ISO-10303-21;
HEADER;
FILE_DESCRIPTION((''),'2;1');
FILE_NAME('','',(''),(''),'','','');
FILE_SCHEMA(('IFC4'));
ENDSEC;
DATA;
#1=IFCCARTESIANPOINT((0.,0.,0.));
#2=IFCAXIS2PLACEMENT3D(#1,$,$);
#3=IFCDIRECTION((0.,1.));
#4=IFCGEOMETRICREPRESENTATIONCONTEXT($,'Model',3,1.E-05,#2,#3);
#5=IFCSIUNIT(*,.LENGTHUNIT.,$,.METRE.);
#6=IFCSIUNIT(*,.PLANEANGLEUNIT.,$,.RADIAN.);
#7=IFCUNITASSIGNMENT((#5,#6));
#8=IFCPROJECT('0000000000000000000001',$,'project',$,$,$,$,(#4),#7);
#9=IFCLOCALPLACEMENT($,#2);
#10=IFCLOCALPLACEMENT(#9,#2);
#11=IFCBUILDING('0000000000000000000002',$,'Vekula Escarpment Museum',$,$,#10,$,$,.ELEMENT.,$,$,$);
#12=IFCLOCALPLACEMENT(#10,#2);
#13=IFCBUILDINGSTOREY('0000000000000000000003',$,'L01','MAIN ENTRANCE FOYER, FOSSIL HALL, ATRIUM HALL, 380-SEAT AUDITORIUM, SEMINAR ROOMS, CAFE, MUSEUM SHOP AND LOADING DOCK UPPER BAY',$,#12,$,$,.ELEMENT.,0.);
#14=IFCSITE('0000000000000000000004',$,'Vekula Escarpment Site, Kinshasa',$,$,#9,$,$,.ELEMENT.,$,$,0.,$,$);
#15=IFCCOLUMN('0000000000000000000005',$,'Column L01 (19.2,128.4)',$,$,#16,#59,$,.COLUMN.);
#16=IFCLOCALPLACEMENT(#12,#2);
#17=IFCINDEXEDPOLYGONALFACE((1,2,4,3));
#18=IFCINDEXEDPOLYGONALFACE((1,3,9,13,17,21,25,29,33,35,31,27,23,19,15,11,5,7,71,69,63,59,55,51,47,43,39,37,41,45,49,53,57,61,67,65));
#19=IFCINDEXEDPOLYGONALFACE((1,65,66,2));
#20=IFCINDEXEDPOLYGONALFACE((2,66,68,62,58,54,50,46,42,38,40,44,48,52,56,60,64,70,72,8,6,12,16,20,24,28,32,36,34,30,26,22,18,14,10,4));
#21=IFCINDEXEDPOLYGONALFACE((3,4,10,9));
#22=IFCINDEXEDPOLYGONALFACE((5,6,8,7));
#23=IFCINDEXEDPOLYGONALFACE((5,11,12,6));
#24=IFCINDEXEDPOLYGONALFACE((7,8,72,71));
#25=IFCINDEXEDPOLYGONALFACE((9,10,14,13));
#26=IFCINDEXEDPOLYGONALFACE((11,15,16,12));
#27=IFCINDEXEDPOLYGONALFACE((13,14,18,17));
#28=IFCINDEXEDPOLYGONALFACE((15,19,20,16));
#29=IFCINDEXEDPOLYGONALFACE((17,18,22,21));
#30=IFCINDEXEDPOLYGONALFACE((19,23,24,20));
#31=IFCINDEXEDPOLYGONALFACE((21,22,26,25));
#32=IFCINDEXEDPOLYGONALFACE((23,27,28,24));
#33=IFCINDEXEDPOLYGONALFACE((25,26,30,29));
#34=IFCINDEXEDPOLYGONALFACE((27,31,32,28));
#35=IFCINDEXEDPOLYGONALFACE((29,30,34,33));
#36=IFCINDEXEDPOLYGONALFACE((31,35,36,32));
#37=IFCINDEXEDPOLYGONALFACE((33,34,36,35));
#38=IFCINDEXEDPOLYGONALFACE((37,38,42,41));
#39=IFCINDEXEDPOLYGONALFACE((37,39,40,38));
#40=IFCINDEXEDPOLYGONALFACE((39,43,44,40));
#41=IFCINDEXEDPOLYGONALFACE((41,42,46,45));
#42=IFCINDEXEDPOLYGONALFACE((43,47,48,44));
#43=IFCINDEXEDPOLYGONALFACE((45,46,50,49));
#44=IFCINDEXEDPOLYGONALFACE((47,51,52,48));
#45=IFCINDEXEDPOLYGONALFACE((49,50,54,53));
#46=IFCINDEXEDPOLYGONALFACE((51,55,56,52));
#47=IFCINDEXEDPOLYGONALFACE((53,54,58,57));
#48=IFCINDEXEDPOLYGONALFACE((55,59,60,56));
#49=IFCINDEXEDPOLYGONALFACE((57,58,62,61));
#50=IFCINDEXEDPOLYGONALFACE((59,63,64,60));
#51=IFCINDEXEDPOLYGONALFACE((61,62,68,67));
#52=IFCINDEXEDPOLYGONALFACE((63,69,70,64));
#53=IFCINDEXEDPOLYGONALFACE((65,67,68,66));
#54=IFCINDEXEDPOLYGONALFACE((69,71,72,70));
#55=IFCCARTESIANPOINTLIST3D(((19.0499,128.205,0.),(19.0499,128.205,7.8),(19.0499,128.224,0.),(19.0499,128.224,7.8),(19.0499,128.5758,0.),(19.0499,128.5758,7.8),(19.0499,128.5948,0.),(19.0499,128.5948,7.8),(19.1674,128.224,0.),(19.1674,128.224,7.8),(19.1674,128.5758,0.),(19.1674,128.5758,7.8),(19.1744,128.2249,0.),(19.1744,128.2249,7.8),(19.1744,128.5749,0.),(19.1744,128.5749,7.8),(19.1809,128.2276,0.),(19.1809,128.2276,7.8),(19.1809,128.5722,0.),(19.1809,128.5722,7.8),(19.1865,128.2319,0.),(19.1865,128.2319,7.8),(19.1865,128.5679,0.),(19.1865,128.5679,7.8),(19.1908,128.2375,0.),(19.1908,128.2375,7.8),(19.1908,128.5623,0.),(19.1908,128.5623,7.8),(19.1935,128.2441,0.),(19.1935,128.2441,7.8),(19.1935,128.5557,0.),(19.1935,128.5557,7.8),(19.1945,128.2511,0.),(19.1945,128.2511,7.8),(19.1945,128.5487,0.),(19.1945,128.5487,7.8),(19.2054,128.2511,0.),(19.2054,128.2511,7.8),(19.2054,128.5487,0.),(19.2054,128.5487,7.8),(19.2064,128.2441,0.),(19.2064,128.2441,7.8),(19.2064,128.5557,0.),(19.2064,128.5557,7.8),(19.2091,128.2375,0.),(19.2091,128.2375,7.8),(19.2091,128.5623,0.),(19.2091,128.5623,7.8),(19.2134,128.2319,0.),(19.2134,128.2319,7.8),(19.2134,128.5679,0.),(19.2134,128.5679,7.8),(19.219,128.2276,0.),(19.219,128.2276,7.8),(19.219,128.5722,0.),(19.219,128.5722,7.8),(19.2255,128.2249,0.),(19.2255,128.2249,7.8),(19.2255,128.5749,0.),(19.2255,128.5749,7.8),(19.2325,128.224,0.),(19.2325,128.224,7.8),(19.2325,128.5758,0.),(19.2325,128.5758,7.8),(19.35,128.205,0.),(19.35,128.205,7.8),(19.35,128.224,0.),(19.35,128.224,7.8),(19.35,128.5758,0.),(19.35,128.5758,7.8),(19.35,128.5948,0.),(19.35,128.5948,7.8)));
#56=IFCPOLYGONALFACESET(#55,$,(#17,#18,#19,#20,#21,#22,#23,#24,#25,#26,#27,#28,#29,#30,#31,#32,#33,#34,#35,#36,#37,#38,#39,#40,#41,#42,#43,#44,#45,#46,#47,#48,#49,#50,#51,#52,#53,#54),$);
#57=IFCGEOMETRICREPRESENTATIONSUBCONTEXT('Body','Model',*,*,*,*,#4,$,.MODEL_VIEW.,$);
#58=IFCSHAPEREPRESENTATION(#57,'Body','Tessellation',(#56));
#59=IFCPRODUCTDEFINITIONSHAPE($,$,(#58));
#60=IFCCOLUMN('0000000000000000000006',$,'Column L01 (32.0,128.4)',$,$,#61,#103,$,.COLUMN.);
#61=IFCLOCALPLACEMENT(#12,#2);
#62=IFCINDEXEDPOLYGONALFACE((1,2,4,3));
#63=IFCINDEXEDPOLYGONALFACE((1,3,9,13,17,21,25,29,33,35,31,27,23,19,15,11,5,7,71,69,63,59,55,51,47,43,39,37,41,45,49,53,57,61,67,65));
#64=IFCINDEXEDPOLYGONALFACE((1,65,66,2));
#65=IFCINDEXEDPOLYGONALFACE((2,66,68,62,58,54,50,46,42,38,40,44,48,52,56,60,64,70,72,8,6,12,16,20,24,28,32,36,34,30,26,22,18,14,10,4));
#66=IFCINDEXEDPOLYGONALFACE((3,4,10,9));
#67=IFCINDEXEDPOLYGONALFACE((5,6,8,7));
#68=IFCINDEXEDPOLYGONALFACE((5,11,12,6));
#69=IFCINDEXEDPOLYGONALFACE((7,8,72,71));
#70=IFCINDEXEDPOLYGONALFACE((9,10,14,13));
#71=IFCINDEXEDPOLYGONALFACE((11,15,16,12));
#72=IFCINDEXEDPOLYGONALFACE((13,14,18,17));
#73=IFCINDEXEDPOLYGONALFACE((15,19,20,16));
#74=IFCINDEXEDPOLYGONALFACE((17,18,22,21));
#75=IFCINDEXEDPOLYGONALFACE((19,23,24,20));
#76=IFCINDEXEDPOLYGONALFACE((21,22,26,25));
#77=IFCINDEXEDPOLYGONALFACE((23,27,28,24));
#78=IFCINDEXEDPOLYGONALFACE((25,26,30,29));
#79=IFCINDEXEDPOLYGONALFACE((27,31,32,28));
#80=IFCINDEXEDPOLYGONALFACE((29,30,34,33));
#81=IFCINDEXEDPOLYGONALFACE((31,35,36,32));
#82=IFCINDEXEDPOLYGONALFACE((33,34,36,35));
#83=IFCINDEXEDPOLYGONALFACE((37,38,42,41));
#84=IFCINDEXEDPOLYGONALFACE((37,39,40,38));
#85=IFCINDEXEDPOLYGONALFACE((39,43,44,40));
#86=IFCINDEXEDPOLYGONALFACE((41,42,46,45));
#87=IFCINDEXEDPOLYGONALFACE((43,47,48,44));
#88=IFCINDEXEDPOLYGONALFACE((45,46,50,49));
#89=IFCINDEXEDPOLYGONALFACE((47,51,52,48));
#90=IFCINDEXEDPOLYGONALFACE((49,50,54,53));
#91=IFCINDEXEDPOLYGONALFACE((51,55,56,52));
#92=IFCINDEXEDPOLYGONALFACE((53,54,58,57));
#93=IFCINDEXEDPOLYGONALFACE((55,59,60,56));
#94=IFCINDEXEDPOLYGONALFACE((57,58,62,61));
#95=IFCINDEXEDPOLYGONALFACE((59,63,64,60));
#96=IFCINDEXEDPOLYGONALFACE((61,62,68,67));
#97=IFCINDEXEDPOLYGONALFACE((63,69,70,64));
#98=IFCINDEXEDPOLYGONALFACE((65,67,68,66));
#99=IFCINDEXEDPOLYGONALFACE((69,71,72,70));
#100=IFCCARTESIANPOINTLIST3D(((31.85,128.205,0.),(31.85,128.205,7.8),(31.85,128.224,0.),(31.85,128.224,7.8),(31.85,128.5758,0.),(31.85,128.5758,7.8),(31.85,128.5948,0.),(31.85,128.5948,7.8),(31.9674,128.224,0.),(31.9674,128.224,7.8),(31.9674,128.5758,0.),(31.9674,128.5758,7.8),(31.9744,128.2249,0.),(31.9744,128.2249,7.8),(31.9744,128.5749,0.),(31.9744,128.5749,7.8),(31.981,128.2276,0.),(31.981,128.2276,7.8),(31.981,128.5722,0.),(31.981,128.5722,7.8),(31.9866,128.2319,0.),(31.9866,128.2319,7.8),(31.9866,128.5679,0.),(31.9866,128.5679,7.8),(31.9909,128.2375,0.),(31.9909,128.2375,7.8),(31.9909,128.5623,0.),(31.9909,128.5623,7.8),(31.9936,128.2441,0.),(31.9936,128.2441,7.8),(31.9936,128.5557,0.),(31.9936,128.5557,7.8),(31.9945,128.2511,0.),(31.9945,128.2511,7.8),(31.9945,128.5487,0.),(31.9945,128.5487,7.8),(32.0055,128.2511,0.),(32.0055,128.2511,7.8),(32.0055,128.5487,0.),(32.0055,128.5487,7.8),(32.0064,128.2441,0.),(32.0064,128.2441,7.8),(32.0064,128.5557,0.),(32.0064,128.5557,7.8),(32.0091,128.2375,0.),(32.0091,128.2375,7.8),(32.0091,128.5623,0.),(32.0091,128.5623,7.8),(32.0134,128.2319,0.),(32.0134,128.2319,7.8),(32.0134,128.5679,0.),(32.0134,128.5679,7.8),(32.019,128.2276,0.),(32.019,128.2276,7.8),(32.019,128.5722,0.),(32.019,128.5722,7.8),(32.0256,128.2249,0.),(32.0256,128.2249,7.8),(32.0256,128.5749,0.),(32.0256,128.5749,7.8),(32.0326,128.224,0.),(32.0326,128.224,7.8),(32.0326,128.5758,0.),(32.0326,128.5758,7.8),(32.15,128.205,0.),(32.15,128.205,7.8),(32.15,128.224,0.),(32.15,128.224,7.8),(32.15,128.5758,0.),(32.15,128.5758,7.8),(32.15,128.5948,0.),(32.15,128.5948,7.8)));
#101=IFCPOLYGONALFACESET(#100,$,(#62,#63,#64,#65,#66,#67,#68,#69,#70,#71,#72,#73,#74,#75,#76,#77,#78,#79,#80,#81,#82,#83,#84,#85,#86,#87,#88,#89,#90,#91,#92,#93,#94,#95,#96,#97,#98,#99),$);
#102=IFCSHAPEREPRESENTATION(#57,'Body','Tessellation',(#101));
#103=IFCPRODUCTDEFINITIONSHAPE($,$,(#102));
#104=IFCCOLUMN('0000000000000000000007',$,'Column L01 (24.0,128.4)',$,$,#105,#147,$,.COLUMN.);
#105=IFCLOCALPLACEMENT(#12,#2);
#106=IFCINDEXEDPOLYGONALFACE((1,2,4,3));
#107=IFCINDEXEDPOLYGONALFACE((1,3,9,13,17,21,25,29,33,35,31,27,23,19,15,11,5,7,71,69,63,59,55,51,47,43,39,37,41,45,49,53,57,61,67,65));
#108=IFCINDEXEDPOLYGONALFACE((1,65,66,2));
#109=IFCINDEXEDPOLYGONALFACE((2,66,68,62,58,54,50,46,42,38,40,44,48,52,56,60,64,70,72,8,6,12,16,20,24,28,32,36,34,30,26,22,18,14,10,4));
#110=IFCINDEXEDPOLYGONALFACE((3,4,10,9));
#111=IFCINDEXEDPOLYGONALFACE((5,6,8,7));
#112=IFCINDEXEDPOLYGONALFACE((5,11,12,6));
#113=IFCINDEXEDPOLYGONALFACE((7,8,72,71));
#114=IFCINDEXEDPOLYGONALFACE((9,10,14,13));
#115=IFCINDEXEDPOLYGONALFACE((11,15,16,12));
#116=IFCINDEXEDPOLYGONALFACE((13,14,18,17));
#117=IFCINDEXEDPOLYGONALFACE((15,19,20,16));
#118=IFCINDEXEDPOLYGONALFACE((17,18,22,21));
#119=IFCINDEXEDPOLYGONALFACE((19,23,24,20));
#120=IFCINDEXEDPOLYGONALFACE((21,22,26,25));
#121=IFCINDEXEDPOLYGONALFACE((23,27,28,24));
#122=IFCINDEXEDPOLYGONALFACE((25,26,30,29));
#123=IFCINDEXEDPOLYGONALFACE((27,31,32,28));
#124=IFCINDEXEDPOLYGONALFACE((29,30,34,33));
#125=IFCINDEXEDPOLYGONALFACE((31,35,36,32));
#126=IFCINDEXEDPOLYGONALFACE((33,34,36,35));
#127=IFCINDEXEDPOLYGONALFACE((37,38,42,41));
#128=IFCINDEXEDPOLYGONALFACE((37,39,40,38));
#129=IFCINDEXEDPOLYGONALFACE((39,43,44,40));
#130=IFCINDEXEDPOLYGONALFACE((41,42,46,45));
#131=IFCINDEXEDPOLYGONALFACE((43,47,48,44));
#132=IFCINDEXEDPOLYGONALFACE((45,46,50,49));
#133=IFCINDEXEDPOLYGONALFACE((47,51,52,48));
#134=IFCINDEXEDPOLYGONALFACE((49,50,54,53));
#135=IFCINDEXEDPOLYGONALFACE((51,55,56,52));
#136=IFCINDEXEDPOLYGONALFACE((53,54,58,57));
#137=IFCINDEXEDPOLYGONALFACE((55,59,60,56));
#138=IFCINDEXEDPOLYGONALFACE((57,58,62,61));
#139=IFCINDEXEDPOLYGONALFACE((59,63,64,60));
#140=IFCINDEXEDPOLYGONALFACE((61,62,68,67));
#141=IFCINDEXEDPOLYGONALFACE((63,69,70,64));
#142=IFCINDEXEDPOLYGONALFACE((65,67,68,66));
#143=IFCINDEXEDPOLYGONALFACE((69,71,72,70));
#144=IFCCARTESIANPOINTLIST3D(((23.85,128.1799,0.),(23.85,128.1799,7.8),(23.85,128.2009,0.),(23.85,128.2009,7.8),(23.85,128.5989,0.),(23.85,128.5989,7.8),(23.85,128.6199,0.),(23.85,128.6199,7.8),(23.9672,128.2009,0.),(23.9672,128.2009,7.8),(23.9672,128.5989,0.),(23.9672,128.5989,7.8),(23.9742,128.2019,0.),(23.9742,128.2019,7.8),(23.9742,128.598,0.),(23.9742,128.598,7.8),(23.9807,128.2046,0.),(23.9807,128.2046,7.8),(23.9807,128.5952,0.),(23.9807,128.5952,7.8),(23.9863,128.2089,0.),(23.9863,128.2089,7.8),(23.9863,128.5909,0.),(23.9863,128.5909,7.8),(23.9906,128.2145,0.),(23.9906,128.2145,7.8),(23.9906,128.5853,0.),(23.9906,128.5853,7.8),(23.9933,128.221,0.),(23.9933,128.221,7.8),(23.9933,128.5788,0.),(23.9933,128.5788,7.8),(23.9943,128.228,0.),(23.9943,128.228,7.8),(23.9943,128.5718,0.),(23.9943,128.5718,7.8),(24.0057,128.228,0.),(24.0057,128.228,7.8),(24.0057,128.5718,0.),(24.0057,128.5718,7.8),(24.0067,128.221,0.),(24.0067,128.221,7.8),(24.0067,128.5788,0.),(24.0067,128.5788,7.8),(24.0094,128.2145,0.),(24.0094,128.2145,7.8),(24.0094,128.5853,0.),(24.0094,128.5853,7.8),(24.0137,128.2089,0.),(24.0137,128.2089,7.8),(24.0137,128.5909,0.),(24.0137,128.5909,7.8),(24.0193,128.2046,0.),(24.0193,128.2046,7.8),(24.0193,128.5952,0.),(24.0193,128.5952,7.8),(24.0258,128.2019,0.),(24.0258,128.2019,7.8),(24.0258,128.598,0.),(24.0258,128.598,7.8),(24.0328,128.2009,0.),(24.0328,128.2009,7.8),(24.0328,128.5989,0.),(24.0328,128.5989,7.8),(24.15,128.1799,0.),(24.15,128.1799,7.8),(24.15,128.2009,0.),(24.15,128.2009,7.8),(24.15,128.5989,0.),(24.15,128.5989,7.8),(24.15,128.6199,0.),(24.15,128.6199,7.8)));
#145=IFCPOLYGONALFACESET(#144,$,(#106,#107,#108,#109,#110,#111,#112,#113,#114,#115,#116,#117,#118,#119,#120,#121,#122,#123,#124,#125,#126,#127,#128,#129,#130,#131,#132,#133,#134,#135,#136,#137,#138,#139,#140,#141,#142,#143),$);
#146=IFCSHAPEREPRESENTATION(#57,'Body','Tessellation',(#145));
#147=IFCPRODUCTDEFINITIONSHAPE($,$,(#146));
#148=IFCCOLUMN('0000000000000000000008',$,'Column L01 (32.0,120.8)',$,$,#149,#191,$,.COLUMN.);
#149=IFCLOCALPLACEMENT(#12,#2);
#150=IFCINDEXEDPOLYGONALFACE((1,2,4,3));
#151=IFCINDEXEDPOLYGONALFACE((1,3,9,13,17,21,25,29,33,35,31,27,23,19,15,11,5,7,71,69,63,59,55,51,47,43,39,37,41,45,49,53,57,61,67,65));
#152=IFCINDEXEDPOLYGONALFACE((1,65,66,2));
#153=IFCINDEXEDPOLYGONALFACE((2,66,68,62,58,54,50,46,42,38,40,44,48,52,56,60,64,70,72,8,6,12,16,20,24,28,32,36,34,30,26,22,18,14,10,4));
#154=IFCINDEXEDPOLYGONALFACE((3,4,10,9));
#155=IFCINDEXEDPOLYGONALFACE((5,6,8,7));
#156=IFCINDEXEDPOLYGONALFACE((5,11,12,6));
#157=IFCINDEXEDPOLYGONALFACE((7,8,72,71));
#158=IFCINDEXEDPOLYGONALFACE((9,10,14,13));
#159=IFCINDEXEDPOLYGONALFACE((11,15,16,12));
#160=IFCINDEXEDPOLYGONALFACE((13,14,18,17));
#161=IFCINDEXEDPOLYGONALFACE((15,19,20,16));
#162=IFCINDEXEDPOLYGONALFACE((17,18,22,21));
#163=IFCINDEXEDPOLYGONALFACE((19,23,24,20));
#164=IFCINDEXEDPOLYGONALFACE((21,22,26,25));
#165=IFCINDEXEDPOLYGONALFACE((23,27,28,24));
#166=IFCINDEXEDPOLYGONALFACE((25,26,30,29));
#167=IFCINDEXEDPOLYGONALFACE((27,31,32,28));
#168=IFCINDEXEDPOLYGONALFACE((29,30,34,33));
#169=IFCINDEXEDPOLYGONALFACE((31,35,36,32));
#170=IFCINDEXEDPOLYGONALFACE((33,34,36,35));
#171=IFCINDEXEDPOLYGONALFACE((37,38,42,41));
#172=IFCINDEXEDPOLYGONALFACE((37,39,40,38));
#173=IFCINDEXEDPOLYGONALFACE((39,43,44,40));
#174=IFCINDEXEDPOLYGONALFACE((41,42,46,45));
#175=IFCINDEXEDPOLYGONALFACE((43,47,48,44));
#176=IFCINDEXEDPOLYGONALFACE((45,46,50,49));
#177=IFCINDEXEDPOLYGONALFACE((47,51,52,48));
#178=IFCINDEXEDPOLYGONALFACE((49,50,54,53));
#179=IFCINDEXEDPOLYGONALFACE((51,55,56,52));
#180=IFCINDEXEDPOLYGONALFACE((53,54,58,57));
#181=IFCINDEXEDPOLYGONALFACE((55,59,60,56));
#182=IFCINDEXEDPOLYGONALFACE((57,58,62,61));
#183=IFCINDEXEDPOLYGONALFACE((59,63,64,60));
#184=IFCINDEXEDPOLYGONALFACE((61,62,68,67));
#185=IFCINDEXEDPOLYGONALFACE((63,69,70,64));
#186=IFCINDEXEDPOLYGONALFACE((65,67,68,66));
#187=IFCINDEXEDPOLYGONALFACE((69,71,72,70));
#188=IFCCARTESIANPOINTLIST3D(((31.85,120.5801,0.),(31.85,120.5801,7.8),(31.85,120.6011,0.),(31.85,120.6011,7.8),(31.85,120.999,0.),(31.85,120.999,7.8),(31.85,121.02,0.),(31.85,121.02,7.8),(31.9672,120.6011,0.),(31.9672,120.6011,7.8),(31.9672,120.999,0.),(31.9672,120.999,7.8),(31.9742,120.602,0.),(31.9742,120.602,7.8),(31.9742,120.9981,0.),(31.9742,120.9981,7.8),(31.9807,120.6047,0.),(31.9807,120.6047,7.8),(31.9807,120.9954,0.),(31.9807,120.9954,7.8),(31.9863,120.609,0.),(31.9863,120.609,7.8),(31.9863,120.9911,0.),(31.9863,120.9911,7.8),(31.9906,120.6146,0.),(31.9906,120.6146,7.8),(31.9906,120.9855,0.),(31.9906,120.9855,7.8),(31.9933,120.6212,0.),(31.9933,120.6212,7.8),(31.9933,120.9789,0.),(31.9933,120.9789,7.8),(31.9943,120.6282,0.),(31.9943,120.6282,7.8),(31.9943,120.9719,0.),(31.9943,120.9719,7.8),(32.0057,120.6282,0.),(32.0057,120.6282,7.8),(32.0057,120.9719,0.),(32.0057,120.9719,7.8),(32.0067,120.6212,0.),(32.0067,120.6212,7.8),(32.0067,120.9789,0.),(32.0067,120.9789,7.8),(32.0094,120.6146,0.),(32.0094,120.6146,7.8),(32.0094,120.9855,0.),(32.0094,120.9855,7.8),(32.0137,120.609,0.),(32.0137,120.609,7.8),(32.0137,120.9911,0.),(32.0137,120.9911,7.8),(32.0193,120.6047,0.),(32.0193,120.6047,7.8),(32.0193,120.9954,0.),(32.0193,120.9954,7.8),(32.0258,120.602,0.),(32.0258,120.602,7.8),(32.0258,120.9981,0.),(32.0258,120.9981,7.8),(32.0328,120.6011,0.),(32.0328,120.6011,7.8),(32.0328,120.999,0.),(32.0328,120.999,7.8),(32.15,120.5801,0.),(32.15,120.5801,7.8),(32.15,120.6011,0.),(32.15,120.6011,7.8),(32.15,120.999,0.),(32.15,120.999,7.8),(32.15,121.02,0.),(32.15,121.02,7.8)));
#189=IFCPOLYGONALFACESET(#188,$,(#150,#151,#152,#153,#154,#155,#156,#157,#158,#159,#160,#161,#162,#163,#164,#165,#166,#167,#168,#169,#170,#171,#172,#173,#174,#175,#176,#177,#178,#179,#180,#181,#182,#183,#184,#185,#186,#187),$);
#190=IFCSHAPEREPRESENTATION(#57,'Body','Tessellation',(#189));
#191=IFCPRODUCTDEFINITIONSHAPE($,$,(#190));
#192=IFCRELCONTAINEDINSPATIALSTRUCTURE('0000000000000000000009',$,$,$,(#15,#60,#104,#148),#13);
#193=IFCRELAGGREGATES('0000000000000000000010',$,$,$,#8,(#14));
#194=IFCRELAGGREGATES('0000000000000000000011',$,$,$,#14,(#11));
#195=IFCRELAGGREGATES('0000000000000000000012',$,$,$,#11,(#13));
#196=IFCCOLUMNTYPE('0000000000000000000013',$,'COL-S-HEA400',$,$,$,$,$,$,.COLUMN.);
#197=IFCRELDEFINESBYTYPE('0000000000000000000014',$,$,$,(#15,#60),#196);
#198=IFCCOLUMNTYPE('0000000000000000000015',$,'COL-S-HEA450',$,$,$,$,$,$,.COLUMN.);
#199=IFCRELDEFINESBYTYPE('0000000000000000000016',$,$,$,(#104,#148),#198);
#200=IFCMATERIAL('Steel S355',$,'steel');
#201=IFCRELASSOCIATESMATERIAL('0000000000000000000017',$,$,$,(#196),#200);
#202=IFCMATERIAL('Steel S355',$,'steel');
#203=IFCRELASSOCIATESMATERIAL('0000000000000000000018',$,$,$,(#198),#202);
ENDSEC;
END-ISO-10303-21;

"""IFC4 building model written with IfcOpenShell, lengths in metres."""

from ifc_helpers import new_model, si_unit, direction, frame, origin, origin_2d, place, context, subcontext, project, spatial, i_section, extrude, material, material_profile, profile_set, type_object, element, save


model = new_model("IFC4")

# Units and contexts
model_context = context("Model", 3, precision=1e-05, world=origin(), true_north=direction((0.0, 1.0)))
body_context = subcontext(model_context, "Body", "Model", "MODEL_VIEW")
ifc_project = project(units=[si_unit("LENGTHUNIT", "METRE"), si_unit("PLANEANGLEUNIT", "RADIAN")], contexts=[model_context])

# Site, building, storey
site_placement = place(None, origin())
site = spatial("IfcSite", under=ifc_project, at=site_placement, Name="Vekula Escarpment Site, Kinshasa", CompositionType="ELEMENT", RefElevation=0.0)
building_placement = place(site_placement, origin())
building = spatial("IfcBuilding", under=site, at=building_placement, Name="Vekula Escarpment Museum", CompositionType="ELEMENT")
storey_placement = place(building_placement, origin())
storey = spatial("IfcBuildingStorey", under=building, at=storey_placement, Name="L01", Description="MAIN ENTRANCE FOYER, FOSSIL HALL, ATRIUM HALL, 380-SEAT AUDITORIUM, SEMINAR ROOMS, CAFE, MUSEUM SHOP AND LOADING DOCK UPPER BAY", CompositionType="ELEMENT", Elevation=0.0)

# Columns
ifc_material_1 = material(Name="Steel S355", Category="steel")
ifc_material_profile_1 = material_profile(ifc_material_1, i_section(OverallWidth=0.3, OverallDepth=0.3899, WebThickness=0.011, FlangeThickness=0.019, FilletRadius=0.0271, at=origin_2d()), Name="HEA 400")
ifc_profile_set_1 = profile_set([ifc_material_profile_1], Name="Steel S355")
column_type_1 = type_object("IfcColumnType", Name="COL-S-HEA400", PredefinedType="COLUMN", material=ifc_profile_set_1)
for number, where, z_axis, x_axis, name in (
    (1, (19.2, 128.3999, 0.0), (0.0, 0.0, 1.0), (1.0, 0.0, 0.0), "Column L01 (19.2,128.4)"),
    (2, (32.0, 128.3999, 0.0), (0.0, 0.0, 1.0), (1.0, 0.0, 0.0), "Column L01 (32.0,128.4)"),
):
    element("IfcColumn", number, at=place(storey_placement, frame(where, z_axis=z_axis, x_axis=x_axis)), inside=storey, type_object=column_type_1, Name=name, PredefinedType="COLUMN", context=body_context, shape_type="SweptSolid", body=[
        extrude(i_section(OverallWidth=0.3, OverallDepth=0.3899, WebThickness=0.011, FlangeThickness=0.019, FilletRadius=0.0271, at=origin_2d()), origin(), (0.0, 0.0, 1.0), 7.8),
    ])
ifc_material_2 = material(Name="Steel S355", Category="steel")
ifc_material_profile_2 = material_profile(ifc_material_2, i_section(OverallWidth=0.3, OverallDepth=0.4399, WebThickness=0.0115, FlangeThickness=0.021, FilletRadius=0.0271, at=origin_2d()), Name="HEA 450")
ifc_profile_set_2 = profile_set([ifc_material_profile_2], Name="Steel S355")
column_type_2 = type_object("IfcColumnType", Name="COL-S-HEA450", PredefinedType="COLUMN", material=ifc_profile_set_2)
for number, where, z_axis, x_axis, name in (
    (3, (24.0, 128.3999, 0.0), (0.0, 0.0, 1.0), (1.0, 0.0, 0.0), "Column L01 (24.0,128.4)"),
    (4, (32.0, 120.8, 0.0), (0.0, 0.0, 1.0), (1.0, 0.0, 0.0), "Column L01 (32.0,120.8)"),
):
    element("IfcColumn", number, at=place(storey_placement, frame(where, z_axis=z_axis, x_axis=x_axis)), inside=storey, type_object=column_type_2, Name=name, PredefinedType="COLUMN", context=body_context, shape_type="SweptSolid", body=[
        extrude(i_section(OverallWidth=0.3, OverallDepth=0.4399, WebThickness=0.0115, FlangeThickness=0.021, FilletRadius=0.0271, at=origin_2d()), origin(), (0.0, 0.0, 1.0), 7.8),
    ])

save(model, "model.ifc")
